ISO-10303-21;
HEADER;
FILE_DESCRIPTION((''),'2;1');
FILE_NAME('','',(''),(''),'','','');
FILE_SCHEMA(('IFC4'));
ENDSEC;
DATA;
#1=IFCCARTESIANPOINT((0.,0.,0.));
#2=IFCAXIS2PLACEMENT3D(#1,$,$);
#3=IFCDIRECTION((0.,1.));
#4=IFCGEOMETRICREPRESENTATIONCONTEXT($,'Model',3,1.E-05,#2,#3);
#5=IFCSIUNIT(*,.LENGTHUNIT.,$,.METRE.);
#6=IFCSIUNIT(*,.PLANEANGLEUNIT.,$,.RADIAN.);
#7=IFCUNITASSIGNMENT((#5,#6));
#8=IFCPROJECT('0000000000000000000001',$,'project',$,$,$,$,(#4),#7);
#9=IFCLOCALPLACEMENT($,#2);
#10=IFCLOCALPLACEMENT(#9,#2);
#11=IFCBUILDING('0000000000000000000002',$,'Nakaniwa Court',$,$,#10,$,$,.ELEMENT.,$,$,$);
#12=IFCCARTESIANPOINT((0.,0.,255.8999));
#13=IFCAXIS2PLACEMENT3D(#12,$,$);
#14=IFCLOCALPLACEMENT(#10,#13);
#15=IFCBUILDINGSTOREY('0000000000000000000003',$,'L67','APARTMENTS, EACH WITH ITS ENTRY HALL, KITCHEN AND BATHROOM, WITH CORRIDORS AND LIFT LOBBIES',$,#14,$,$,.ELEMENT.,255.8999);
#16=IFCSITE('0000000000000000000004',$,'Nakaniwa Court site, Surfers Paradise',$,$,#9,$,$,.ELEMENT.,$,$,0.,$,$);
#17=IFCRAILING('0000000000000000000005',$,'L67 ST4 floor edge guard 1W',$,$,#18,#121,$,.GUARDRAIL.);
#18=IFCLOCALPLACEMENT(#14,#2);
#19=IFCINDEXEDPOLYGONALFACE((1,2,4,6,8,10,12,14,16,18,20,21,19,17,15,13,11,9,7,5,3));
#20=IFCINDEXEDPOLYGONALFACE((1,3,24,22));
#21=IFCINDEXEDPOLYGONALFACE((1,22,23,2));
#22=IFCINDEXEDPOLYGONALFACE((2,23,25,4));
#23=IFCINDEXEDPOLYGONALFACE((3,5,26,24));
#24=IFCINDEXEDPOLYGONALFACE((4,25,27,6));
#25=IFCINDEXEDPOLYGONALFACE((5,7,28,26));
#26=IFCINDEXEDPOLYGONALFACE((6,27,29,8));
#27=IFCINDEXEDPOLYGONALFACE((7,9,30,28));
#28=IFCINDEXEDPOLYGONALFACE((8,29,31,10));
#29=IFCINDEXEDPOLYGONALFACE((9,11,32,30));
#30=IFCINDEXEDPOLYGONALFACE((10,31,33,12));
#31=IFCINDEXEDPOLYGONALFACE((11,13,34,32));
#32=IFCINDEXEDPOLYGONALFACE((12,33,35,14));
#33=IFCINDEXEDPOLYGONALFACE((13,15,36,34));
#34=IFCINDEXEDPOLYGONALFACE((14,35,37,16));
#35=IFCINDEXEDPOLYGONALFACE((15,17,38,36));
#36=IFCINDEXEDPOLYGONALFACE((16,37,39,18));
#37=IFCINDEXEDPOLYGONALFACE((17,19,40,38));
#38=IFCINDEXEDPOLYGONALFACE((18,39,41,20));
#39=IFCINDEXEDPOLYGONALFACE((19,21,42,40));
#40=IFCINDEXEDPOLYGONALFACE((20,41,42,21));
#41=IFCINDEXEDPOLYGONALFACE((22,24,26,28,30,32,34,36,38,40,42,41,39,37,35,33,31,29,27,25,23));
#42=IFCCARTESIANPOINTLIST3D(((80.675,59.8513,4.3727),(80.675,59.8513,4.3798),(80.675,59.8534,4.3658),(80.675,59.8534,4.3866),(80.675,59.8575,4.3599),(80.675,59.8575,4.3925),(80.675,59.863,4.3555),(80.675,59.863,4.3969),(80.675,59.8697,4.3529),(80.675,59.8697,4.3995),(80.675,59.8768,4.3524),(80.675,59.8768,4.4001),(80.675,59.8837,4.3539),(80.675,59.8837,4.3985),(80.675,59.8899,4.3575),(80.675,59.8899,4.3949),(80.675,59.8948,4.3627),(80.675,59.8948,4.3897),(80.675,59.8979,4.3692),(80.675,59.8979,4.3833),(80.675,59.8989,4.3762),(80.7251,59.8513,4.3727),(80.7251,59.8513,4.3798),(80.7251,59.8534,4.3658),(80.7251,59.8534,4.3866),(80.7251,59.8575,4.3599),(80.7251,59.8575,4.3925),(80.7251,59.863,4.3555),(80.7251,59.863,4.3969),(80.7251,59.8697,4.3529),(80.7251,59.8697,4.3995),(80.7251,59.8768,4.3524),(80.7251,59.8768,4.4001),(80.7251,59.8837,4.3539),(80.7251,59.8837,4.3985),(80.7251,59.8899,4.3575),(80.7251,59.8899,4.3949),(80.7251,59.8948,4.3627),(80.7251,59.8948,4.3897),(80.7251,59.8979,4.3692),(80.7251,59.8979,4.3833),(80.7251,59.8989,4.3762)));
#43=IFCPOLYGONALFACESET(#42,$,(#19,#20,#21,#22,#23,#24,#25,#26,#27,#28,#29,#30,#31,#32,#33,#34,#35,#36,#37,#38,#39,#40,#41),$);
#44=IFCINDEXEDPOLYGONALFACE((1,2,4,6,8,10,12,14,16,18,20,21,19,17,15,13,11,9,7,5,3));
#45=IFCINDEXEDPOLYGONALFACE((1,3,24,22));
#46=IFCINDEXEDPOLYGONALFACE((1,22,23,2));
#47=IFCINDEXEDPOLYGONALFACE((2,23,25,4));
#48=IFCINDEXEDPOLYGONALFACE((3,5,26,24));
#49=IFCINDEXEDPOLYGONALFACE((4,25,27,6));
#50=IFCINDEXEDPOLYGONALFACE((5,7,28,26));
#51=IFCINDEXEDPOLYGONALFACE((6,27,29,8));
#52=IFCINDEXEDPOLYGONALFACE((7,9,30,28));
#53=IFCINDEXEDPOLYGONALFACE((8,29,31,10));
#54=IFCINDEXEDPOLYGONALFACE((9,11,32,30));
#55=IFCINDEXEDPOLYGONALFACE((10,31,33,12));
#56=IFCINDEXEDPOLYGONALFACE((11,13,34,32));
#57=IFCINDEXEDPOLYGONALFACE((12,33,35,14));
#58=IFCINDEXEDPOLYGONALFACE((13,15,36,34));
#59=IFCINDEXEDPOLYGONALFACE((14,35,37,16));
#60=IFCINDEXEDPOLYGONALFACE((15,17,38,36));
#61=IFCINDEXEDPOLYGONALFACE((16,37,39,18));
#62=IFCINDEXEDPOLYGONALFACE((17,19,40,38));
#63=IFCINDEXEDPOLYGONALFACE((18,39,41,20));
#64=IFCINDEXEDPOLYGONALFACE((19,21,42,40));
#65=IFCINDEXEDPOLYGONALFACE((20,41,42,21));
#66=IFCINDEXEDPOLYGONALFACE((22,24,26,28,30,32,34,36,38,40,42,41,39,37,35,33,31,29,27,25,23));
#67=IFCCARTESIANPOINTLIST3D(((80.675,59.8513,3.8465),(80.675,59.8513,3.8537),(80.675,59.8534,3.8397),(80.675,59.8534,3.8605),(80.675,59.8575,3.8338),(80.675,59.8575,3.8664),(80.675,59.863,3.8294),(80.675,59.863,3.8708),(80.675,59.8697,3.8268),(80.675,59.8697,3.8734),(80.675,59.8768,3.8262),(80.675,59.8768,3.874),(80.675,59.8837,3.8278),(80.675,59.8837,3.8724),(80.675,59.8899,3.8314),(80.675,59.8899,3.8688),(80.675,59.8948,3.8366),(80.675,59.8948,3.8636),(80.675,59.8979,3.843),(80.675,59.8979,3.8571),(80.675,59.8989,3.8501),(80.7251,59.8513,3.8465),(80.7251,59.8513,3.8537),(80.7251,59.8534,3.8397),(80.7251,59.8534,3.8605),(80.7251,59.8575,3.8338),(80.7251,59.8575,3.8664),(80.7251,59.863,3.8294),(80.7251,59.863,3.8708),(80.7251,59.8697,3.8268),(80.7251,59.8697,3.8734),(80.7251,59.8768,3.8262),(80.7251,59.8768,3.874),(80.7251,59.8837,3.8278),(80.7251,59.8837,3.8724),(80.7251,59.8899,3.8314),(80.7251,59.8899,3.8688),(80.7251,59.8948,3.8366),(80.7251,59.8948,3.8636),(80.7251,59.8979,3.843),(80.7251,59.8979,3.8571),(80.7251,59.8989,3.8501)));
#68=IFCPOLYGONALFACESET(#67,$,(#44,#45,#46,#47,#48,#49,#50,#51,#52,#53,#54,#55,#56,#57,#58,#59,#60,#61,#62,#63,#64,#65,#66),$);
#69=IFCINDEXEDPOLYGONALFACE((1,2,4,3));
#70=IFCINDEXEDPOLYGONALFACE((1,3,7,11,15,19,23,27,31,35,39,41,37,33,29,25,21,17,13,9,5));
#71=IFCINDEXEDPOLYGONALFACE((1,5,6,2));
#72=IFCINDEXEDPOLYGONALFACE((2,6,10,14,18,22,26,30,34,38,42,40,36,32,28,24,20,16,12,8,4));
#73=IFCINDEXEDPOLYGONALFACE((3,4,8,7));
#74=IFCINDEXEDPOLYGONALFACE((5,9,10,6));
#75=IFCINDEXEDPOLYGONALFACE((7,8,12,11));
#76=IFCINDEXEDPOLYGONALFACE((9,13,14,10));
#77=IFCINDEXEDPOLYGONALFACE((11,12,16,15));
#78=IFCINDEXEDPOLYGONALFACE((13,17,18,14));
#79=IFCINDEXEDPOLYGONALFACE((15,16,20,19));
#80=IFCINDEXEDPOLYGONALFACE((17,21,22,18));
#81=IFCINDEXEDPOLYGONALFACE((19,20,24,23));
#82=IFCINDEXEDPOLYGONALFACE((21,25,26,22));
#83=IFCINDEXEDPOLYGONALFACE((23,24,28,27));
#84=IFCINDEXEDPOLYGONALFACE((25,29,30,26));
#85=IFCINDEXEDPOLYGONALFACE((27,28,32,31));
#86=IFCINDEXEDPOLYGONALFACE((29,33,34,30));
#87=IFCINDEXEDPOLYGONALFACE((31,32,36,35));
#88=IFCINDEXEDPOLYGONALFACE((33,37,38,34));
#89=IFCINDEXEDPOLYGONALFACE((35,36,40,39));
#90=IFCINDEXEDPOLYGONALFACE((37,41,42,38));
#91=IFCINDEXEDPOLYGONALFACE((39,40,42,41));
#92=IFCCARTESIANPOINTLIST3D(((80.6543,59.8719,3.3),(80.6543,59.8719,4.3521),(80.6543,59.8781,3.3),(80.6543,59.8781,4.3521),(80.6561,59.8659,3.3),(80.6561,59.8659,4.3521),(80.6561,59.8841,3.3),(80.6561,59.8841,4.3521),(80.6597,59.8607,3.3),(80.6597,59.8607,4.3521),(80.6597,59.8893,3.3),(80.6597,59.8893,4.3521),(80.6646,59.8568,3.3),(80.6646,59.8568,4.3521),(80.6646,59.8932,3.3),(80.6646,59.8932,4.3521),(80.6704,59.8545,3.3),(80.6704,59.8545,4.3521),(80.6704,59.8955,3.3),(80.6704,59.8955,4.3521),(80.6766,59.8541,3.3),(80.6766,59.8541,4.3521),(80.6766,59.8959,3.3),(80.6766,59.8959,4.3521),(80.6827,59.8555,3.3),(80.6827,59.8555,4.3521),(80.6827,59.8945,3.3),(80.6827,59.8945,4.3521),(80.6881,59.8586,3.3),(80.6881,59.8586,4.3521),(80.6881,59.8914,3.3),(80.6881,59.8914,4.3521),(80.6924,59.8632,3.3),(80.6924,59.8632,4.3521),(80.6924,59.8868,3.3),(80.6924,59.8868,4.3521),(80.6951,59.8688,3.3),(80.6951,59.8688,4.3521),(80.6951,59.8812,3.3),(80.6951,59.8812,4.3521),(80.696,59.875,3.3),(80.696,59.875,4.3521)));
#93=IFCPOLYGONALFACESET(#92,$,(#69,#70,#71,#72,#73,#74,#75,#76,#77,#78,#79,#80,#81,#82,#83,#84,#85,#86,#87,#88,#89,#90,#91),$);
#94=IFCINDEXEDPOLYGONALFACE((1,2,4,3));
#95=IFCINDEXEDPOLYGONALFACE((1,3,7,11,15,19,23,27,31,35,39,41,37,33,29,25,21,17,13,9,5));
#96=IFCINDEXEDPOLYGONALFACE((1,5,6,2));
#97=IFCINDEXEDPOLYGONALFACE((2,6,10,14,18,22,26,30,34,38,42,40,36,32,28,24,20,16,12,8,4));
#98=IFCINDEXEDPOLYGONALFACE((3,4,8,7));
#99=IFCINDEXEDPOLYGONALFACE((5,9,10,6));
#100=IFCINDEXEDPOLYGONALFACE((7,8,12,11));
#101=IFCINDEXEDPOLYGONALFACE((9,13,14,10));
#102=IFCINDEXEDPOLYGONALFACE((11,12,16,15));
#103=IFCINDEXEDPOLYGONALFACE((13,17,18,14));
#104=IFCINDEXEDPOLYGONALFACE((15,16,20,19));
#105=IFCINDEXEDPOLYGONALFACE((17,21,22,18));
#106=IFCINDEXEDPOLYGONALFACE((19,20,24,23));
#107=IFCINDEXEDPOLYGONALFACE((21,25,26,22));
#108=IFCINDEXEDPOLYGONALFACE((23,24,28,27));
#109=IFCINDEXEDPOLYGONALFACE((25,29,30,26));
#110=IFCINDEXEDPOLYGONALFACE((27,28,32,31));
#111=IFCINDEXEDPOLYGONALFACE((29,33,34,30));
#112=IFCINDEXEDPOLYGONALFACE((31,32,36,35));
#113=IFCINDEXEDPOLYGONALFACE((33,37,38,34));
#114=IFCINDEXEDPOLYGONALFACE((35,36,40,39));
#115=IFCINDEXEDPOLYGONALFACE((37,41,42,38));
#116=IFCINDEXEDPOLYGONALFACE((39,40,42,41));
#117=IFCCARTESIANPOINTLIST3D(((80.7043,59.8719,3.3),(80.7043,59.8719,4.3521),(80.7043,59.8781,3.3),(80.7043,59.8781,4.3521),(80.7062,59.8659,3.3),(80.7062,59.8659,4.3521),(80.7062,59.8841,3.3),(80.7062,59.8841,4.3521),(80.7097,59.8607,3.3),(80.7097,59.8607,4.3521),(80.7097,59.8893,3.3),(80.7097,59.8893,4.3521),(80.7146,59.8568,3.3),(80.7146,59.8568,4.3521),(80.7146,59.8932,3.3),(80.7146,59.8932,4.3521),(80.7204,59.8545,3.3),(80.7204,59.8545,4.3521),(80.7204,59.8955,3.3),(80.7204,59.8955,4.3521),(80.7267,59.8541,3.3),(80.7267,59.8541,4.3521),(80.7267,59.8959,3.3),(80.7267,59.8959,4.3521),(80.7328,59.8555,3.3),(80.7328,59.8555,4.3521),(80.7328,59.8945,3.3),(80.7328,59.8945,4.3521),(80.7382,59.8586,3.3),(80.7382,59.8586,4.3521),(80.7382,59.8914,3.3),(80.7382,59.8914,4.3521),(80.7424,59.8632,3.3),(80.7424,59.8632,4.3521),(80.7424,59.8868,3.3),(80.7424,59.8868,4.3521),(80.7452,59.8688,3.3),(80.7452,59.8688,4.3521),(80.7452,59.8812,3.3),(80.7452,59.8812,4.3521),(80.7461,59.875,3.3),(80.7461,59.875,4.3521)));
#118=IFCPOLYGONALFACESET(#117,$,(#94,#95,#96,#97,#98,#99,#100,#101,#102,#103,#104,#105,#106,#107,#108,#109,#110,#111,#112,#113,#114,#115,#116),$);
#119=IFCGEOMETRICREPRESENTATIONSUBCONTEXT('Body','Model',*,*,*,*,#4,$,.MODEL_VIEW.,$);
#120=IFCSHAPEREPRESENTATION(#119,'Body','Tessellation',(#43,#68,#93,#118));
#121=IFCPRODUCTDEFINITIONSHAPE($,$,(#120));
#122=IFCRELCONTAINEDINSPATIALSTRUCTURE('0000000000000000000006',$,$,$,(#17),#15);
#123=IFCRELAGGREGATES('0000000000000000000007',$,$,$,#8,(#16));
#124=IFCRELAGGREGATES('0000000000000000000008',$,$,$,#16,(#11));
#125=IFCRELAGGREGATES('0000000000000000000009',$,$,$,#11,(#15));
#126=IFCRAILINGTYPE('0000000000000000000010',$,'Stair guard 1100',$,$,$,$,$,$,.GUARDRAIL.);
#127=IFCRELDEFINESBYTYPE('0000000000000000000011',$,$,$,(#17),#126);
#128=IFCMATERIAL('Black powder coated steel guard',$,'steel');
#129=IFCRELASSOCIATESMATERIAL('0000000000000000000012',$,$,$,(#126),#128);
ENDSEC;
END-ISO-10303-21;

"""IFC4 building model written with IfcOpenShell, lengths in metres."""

from ifc_helpers import new_model, si_unit, direction, frame, origin, origin_2d, place, context, subcontext, project, spatial, circle, extrude, material, type_object, element, save


model = new_model("IFC4")

# Units and contexts
model_context = context("Model", 3, precision=1e-05, world=origin(), true_north=direction((0.0, 1.0)))
body_context = subcontext(model_context, "Body", "Model", "MODEL_VIEW")
ifc_project = project(units=[si_unit("LENGTHUNIT", "METRE"), si_unit("PLANEANGLEUNIT", "RADIAN")], contexts=[model_context])

# Site, building, storey
site_placement = place(None, origin())
site = spatial("IfcSite", under=ifc_project, at=site_placement, Name="Nakaniwa Court site, Surfers Paradise", CompositionType="ELEMENT", RefElevation=0.0)
building_placement = place(site_placement, origin())
building = spatial("IfcBuilding", under=site, at=building_placement, Name="Nakaniwa Court", CompositionType="ELEMENT")
storey_placement = place(building_placement, frame((0.0, 0.0, 255.8999)))
storey = spatial("IfcBuildingStorey", under=building, at=storey_placement, Name="L67", Description="APARTMENTS, EACH WITH ITS ENTRY HALL, KITCHEN AND BATHROOM, WITH CORRIDORS AND LIFT LOBBIES", CompositionType="ELEMENT", Elevation=255.8999)

# Railing
ifc_material_1 = material(Name="Black powder coated steel guard", Category="steel")
railing_type_1 = type_object("IfcRailingType", Name="Stair guard 1100", PredefinedType="GUARDRAIL", material=ifc_material_1)
for number, where, name in (
    (1, (80.675, 59.875, 3.3), "L67 ST4 floor edge guard 1W"),
):
    element("IfcRailing", number, at=place(storey_placement, frame(where)), inside=storey, type_object=railing_type_1, Name=name, PredefinedType="GUARDRAIL", context=body_context, shape_type="SweptSolid", body=[
        extrude(circle(Radius=0.0239, at=origin_2d()), frame((0.0, 0.0, 1.0762), z_axis=(1.0, 0.0, 0.0), x_axis=(0.0, 1.0, 0.0)), (0.0, 0.0, 1.0), 0.05),
        extrude(circle(Radius=0.0239, at=origin_2d()), frame((0.0, 0.0, 0.55), z_axis=(1.0, 0.0, 0.0), x_axis=(0.0, 1.0, 0.0)), (0.0, 0.0, 1.0), 0.05),
        extrude(circle(Radius=0.021, at=origin_2d()), origin(), (0.0, 0.0, 1.0), 1.052),
        extrude(circle(Radius=0.021, at=origin_2d()), frame((0.05, 0.0, 0.0)), (0.0, 0.0, 1.0), 1.052),
    ])

save(model, "model.ifc")
